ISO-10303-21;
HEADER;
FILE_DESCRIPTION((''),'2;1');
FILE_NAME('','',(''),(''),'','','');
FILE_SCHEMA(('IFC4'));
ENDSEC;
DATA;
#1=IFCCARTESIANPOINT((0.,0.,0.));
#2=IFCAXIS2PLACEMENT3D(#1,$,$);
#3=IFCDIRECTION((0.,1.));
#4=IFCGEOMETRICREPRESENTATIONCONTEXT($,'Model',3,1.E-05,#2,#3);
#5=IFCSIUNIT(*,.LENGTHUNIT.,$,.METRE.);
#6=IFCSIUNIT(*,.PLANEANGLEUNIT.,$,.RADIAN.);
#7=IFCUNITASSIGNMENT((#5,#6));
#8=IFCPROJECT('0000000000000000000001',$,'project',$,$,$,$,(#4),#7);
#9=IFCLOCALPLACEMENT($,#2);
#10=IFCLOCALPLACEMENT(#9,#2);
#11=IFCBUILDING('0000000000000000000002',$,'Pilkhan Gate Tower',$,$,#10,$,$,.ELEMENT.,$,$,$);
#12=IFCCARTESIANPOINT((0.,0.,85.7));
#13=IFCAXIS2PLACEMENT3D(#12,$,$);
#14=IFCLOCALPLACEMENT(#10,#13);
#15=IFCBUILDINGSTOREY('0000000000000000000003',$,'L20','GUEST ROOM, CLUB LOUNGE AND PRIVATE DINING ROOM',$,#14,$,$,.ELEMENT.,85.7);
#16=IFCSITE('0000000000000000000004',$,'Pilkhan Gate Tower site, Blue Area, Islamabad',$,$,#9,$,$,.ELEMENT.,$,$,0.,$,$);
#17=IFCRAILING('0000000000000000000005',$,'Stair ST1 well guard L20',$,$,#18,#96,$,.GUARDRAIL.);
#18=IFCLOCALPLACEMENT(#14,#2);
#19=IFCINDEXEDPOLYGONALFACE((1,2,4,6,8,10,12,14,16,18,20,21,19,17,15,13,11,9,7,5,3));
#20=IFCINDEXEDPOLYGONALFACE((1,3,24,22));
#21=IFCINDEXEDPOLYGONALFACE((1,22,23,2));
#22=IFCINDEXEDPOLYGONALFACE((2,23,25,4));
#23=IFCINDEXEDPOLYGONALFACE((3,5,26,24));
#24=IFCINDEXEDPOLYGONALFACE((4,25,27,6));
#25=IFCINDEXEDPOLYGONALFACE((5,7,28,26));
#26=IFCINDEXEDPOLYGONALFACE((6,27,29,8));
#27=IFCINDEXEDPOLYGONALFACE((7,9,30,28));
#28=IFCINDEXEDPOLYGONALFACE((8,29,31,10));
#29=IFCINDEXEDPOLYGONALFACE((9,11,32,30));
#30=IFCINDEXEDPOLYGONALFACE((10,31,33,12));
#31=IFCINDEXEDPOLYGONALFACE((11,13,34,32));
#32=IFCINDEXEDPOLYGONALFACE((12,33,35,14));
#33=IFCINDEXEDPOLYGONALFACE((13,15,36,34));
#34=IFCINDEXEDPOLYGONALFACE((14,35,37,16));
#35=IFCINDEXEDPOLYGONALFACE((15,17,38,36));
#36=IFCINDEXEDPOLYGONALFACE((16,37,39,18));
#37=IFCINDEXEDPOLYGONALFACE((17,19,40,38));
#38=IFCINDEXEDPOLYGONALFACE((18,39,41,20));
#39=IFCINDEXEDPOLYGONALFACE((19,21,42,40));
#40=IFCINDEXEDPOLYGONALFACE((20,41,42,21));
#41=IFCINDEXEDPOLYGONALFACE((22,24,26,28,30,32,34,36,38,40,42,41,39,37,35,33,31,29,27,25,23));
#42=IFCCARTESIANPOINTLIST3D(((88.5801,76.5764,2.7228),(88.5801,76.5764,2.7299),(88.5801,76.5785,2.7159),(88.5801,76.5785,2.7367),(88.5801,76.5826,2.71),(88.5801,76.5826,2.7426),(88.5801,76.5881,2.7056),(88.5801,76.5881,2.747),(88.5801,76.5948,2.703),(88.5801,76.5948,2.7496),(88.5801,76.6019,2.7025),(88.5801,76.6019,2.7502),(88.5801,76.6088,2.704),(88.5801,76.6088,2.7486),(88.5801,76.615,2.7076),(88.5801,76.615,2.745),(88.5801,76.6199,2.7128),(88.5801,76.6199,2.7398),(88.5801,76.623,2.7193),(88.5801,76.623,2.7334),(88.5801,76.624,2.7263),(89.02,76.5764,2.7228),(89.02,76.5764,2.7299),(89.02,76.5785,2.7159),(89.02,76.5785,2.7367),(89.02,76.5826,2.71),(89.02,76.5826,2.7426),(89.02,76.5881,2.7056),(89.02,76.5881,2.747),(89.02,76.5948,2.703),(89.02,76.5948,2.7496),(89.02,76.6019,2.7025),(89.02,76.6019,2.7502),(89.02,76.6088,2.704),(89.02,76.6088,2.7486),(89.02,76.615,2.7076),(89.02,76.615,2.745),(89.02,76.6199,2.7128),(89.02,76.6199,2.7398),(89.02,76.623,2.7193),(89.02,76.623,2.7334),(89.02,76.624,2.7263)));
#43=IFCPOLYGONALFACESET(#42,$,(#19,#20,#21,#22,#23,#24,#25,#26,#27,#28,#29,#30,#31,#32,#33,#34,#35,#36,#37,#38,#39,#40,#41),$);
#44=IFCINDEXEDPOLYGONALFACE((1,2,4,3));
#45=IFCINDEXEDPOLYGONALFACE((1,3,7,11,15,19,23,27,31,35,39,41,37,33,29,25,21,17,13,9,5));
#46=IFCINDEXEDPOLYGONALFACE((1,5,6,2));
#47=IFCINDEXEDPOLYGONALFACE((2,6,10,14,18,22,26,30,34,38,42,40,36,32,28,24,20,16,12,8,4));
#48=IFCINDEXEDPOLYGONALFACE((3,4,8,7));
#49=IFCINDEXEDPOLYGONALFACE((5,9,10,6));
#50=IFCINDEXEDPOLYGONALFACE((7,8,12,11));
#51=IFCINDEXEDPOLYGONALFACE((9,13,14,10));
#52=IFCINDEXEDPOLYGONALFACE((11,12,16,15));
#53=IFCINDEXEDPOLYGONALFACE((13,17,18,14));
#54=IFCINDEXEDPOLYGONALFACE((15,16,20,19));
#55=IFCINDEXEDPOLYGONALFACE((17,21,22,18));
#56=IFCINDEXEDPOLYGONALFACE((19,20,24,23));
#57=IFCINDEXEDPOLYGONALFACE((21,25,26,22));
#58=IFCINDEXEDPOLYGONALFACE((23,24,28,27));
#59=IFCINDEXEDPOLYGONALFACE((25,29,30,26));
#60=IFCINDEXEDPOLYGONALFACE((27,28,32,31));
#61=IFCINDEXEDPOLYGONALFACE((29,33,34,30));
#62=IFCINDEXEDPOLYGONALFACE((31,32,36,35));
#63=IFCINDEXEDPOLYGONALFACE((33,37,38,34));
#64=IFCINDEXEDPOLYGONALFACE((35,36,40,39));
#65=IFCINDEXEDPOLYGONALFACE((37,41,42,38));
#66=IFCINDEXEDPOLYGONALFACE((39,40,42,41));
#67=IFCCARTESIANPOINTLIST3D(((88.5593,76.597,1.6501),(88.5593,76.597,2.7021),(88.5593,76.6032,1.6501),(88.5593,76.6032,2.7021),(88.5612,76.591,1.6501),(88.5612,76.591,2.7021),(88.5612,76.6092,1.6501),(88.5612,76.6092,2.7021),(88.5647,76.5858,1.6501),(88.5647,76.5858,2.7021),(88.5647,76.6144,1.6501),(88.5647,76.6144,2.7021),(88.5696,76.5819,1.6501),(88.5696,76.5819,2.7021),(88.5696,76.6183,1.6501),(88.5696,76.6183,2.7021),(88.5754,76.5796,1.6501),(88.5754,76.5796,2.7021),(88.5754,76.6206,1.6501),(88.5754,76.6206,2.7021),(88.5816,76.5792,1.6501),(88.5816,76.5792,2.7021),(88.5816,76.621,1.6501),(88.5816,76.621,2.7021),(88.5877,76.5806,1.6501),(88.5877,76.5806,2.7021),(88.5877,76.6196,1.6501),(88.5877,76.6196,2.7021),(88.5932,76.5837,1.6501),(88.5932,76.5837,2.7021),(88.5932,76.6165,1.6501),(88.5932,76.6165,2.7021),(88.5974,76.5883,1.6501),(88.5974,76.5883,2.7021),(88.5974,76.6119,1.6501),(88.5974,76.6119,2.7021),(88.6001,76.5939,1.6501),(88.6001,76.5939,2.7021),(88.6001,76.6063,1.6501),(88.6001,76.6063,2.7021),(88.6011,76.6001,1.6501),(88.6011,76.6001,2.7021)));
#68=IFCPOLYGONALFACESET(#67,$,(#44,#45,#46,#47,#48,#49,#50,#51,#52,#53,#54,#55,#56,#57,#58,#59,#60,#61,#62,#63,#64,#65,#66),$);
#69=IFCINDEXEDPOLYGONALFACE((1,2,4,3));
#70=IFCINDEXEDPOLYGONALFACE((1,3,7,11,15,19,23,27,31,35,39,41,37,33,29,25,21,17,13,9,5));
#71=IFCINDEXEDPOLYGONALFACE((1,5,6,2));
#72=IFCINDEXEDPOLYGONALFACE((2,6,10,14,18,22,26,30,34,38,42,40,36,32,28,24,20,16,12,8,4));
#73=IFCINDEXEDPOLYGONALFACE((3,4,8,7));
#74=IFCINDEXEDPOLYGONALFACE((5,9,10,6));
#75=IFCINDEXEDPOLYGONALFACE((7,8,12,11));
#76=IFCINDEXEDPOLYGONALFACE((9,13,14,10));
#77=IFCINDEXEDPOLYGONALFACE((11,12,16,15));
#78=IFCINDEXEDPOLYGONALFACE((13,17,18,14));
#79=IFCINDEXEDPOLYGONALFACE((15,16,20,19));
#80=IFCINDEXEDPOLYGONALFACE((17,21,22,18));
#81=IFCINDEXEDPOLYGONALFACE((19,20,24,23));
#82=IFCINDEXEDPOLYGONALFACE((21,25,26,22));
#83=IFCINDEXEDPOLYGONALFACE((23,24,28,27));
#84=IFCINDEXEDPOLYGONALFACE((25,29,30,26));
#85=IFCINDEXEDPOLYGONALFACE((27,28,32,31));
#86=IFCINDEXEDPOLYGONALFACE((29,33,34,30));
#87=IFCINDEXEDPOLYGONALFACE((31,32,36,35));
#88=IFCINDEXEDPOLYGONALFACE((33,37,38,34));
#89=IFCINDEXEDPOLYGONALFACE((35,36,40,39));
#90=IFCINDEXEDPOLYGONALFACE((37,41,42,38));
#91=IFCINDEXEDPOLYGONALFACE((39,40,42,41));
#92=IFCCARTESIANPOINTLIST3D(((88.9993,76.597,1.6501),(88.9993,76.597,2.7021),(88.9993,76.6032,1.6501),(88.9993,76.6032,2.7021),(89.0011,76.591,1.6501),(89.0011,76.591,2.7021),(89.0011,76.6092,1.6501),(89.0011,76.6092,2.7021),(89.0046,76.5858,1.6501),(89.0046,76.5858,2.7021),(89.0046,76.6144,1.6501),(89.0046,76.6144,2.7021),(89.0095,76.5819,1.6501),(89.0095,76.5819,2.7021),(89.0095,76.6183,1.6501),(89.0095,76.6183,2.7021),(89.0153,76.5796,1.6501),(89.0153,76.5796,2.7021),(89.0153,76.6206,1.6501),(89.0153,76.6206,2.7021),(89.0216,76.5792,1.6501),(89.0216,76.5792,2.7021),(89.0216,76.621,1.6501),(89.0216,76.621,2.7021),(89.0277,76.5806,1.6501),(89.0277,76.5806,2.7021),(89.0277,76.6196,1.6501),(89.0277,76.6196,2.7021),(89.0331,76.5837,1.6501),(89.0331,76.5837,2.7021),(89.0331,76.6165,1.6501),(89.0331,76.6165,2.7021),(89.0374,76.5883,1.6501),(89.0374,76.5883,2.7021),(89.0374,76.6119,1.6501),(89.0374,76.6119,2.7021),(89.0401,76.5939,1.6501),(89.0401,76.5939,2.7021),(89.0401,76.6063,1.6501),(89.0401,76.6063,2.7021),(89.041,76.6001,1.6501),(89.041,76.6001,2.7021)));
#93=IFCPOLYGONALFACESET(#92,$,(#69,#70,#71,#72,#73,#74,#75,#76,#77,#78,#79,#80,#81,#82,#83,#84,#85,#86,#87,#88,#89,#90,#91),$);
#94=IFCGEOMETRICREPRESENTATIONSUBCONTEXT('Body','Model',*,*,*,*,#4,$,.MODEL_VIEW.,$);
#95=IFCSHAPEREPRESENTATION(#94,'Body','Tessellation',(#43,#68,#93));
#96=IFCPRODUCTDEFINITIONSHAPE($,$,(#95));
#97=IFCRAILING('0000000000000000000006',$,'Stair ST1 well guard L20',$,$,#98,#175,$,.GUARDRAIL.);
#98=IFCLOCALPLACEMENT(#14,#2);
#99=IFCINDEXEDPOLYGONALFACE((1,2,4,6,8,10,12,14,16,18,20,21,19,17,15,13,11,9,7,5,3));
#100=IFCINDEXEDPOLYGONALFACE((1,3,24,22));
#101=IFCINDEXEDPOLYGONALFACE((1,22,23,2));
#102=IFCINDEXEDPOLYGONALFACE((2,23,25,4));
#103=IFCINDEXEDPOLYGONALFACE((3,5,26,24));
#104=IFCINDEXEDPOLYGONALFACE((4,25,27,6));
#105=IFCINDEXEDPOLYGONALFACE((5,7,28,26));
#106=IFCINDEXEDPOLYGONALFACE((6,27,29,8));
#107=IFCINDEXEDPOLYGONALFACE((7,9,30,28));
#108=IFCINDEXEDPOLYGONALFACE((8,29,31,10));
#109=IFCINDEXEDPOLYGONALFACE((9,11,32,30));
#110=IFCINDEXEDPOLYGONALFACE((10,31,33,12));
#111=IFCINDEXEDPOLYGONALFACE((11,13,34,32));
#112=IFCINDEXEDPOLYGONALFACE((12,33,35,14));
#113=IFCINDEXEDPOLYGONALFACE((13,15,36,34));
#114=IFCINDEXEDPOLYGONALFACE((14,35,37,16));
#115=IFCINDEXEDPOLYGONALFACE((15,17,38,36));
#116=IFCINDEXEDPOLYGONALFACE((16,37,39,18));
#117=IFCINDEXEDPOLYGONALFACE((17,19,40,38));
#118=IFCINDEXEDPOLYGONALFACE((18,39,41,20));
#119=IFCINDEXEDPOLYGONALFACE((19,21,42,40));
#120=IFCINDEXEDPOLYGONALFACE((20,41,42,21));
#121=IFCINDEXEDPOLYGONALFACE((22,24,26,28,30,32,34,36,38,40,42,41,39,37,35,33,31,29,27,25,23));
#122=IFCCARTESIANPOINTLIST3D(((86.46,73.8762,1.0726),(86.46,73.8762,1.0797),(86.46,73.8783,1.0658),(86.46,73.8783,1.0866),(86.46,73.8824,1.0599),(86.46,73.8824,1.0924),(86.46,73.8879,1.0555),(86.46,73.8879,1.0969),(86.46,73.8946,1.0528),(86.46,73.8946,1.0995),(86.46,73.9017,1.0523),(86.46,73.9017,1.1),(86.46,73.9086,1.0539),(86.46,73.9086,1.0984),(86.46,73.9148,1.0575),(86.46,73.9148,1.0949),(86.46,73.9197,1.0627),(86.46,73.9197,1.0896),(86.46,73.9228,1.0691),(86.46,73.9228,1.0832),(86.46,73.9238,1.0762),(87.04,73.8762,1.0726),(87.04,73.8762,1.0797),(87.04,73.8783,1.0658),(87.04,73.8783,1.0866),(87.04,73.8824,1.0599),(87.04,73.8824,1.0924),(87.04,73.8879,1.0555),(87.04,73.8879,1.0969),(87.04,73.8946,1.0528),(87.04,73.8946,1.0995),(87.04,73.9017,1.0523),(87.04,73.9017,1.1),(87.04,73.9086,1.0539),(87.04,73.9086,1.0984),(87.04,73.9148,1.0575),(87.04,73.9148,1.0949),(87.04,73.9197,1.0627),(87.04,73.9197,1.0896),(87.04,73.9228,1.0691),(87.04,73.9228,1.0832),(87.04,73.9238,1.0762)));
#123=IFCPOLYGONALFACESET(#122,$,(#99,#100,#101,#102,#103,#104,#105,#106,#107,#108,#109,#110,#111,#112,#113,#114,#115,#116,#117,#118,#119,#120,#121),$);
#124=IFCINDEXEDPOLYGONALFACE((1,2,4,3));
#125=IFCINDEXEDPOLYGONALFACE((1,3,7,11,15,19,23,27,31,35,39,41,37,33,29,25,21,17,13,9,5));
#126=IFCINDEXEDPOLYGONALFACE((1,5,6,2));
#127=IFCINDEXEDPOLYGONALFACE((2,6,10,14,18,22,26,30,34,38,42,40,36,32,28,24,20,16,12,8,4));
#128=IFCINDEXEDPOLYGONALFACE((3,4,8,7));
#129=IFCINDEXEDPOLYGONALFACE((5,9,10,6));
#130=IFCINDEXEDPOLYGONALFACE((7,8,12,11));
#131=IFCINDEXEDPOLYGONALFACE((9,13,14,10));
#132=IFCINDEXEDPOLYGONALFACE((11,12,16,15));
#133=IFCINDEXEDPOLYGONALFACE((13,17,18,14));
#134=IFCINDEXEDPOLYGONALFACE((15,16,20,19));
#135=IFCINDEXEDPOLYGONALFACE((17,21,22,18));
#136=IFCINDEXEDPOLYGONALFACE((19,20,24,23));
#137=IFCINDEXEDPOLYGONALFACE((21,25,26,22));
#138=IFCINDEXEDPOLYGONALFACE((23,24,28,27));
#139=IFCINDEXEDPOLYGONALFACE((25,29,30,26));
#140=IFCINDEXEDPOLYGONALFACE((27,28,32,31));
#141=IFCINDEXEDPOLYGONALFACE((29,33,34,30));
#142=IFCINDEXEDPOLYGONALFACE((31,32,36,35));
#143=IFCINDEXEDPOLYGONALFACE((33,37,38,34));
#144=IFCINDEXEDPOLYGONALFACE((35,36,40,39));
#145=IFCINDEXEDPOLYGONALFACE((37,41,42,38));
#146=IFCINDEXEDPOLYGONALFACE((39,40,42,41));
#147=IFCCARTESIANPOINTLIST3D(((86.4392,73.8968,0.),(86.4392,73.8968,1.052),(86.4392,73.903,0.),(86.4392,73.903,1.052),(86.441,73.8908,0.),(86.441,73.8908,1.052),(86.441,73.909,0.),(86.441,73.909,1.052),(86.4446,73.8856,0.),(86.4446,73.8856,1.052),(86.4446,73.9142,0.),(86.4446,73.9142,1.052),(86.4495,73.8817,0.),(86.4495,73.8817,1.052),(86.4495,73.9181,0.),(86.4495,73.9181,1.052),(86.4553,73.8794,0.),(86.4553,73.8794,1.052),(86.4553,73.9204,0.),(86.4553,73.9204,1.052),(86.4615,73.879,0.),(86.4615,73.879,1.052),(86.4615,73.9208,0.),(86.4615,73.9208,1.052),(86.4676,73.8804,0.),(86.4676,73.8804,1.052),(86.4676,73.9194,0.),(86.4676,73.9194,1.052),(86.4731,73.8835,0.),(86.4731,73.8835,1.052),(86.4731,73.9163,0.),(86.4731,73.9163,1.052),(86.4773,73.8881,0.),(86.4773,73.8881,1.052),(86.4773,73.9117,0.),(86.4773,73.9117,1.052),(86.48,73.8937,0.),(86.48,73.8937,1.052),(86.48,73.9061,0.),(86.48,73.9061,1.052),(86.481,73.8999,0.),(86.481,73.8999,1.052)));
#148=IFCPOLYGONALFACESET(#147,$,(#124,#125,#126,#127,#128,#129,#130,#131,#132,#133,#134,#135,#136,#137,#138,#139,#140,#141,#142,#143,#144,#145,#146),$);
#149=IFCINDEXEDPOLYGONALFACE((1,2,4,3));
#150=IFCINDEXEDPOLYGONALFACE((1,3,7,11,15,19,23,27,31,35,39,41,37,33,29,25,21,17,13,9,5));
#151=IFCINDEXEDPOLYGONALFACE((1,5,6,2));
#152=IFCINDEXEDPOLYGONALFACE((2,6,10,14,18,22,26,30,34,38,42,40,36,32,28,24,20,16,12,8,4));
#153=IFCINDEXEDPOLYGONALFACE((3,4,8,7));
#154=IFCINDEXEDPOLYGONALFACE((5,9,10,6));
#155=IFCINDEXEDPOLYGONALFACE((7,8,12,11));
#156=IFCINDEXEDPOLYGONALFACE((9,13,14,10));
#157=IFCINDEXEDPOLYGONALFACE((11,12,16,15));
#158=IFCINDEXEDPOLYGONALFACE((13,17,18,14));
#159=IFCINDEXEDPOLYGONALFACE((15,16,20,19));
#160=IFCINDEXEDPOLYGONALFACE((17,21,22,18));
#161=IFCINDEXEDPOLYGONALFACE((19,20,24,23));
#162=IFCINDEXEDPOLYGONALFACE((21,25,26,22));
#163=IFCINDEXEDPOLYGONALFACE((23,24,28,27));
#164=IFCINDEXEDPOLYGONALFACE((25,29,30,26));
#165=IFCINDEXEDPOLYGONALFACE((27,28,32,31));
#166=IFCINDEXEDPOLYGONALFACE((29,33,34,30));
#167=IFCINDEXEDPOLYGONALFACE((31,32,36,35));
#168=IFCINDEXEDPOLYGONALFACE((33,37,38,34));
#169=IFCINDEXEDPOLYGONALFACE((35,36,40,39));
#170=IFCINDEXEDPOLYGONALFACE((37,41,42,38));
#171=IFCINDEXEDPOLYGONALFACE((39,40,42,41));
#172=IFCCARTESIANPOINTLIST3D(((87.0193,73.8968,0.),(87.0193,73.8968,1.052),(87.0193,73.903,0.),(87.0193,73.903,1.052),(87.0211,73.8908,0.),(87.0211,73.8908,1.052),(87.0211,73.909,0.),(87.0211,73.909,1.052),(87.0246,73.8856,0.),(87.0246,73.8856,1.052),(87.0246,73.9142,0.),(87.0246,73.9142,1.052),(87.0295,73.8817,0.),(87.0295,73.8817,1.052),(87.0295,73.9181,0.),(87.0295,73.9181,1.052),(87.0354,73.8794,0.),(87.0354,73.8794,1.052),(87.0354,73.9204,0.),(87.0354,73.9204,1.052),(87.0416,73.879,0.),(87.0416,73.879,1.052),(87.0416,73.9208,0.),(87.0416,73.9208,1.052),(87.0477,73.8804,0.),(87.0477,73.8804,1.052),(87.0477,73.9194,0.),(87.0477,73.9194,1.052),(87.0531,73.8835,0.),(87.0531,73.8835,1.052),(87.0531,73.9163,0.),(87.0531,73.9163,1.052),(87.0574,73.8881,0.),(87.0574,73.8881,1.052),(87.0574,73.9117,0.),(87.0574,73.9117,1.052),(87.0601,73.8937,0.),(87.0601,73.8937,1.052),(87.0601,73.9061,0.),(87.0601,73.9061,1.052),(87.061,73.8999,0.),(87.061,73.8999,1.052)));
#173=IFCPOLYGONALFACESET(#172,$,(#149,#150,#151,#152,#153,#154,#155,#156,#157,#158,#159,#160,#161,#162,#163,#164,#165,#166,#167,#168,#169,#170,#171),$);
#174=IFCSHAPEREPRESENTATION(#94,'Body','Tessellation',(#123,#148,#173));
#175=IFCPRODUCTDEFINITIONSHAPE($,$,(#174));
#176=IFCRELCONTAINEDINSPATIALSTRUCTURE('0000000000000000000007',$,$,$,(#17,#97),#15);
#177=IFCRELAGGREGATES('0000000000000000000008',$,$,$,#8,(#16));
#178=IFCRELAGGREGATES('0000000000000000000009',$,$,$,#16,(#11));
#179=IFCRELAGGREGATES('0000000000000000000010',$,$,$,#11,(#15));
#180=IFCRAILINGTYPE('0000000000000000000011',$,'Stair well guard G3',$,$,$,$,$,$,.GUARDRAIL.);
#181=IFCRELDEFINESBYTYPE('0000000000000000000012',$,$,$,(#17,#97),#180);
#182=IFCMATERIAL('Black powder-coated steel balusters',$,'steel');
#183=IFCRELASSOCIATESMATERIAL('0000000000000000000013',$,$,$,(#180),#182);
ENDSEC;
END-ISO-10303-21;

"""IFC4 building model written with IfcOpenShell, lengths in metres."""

from ifc_helpers import new_model, si_unit, direction, frame, origin, origin_2d, place, context, subcontext, project, spatial, circle, extrude, material, type_object, element, save


model = new_model("IFC4")

# Units and contexts
model_context = context("Model", 3, precision=1e-05, world=origin(), true_north=direction((0.0, 1.0)))
body_context = subcontext(model_context, "Body", "Model", "MODEL_VIEW")
ifc_project = project(units=[si_unit("LENGTHUNIT", "METRE"), si_unit("PLANEANGLEUNIT", "RADIAN")], contexts=[model_context])

# Site, building, storey
site_placement = place(None, origin())
site = spatial("IfcSite", under=ifc_project, at=site_placement, Name="Pilkhan Gate Tower site, Blue Area, Islamabad", CompositionType="ELEMENT", RefElevation=0.0)
building_placement = place(site_placement, origin())
building = spatial("IfcBuilding", under=site, at=building_placement, Name="Pilkhan Gate Tower", CompositionType="ELEMENT")
storey_placement = place(building_placement, frame((0.0, 0.0, 85.7)))
storey = spatial("IfcBuildingStorey", under=building, at=storey_placement, Name="L20", Description="GUEST ROOM, CLUB LOUNGE AND PRIVATE DINING ROOM", CompositionType="ELEMENT", Elevation=85.7)

# Railings
ifc_material_1 = material(Name="Black powder-coated steel balusters", Category="steel")
railing_type_1 = type_object("IfcRailingType", Name="Stair well guard G3", PredefinedType="GUARDRAIL", material=ifc_material_1)
railing_1_placement = place(storey_placement, frame((88.5801, 76.6001, 1.6501)))
element("IfcRailing", 1, at=railing_1_placement, inside=storey, type_object=railing_type_1, Name="Stair ST1 well guard L20", PredefinedType="GUARDRAIL", context=body_context, shape_type="SweptSolid", body=[
    extrude(circle(Radius=0.0239, at=origin_2d()), frame((0.0, 0.0, 1.0762), z_axis=(1.0, 0.0, 0.0), x_axis=(0.0, 1.0, 0.0)), (0.0, 0.0, 1.0), 0.4399),
    extrude(circle(Radius=0.021, at=origin_2d()), origin(), (0.0, 0.0, 1.0), 1.052),
    extrude(circle(Radius=0.021, at=origin_2d()), frame((0.4399, 0.0, 0.0)), (0.0, 0.0, 1.0), 1.052),
])
for number, where, name in (
    (2, (86.46, 73.8999, 0.0), "Stair ST1 well guard L20"),
):
    element("IfcRailing", number, at=place(storey_placement, frame(where)), inside=storey, type_object=railing_type_1, Name=name, PredefinedType="GUARDRAIL", context=body_context, shape_type="SweptSolid", body=[
        extrude(circle(Radius=0.0239, at=origin_2d()), frame((0.0, 0.0, 1.0762), z_axis=(1.0, 0.0, 0.0), x_axis=(0.0, 1.0, 0.0)), (0.0, 0.0, 1.0), 0.5801),
        extrude(circle(Radius=0.021, at=origin_2d()), origin(), (0.0, 0.0, 1.0), 1.052),
        extrude(circle(Radius=0.021, at=origin_2d()), frame((0.5801, 0.0, 0.0)), (0.0, 0.0, 1.0), 1.052),
    ])

save(model, "model.ifc")
